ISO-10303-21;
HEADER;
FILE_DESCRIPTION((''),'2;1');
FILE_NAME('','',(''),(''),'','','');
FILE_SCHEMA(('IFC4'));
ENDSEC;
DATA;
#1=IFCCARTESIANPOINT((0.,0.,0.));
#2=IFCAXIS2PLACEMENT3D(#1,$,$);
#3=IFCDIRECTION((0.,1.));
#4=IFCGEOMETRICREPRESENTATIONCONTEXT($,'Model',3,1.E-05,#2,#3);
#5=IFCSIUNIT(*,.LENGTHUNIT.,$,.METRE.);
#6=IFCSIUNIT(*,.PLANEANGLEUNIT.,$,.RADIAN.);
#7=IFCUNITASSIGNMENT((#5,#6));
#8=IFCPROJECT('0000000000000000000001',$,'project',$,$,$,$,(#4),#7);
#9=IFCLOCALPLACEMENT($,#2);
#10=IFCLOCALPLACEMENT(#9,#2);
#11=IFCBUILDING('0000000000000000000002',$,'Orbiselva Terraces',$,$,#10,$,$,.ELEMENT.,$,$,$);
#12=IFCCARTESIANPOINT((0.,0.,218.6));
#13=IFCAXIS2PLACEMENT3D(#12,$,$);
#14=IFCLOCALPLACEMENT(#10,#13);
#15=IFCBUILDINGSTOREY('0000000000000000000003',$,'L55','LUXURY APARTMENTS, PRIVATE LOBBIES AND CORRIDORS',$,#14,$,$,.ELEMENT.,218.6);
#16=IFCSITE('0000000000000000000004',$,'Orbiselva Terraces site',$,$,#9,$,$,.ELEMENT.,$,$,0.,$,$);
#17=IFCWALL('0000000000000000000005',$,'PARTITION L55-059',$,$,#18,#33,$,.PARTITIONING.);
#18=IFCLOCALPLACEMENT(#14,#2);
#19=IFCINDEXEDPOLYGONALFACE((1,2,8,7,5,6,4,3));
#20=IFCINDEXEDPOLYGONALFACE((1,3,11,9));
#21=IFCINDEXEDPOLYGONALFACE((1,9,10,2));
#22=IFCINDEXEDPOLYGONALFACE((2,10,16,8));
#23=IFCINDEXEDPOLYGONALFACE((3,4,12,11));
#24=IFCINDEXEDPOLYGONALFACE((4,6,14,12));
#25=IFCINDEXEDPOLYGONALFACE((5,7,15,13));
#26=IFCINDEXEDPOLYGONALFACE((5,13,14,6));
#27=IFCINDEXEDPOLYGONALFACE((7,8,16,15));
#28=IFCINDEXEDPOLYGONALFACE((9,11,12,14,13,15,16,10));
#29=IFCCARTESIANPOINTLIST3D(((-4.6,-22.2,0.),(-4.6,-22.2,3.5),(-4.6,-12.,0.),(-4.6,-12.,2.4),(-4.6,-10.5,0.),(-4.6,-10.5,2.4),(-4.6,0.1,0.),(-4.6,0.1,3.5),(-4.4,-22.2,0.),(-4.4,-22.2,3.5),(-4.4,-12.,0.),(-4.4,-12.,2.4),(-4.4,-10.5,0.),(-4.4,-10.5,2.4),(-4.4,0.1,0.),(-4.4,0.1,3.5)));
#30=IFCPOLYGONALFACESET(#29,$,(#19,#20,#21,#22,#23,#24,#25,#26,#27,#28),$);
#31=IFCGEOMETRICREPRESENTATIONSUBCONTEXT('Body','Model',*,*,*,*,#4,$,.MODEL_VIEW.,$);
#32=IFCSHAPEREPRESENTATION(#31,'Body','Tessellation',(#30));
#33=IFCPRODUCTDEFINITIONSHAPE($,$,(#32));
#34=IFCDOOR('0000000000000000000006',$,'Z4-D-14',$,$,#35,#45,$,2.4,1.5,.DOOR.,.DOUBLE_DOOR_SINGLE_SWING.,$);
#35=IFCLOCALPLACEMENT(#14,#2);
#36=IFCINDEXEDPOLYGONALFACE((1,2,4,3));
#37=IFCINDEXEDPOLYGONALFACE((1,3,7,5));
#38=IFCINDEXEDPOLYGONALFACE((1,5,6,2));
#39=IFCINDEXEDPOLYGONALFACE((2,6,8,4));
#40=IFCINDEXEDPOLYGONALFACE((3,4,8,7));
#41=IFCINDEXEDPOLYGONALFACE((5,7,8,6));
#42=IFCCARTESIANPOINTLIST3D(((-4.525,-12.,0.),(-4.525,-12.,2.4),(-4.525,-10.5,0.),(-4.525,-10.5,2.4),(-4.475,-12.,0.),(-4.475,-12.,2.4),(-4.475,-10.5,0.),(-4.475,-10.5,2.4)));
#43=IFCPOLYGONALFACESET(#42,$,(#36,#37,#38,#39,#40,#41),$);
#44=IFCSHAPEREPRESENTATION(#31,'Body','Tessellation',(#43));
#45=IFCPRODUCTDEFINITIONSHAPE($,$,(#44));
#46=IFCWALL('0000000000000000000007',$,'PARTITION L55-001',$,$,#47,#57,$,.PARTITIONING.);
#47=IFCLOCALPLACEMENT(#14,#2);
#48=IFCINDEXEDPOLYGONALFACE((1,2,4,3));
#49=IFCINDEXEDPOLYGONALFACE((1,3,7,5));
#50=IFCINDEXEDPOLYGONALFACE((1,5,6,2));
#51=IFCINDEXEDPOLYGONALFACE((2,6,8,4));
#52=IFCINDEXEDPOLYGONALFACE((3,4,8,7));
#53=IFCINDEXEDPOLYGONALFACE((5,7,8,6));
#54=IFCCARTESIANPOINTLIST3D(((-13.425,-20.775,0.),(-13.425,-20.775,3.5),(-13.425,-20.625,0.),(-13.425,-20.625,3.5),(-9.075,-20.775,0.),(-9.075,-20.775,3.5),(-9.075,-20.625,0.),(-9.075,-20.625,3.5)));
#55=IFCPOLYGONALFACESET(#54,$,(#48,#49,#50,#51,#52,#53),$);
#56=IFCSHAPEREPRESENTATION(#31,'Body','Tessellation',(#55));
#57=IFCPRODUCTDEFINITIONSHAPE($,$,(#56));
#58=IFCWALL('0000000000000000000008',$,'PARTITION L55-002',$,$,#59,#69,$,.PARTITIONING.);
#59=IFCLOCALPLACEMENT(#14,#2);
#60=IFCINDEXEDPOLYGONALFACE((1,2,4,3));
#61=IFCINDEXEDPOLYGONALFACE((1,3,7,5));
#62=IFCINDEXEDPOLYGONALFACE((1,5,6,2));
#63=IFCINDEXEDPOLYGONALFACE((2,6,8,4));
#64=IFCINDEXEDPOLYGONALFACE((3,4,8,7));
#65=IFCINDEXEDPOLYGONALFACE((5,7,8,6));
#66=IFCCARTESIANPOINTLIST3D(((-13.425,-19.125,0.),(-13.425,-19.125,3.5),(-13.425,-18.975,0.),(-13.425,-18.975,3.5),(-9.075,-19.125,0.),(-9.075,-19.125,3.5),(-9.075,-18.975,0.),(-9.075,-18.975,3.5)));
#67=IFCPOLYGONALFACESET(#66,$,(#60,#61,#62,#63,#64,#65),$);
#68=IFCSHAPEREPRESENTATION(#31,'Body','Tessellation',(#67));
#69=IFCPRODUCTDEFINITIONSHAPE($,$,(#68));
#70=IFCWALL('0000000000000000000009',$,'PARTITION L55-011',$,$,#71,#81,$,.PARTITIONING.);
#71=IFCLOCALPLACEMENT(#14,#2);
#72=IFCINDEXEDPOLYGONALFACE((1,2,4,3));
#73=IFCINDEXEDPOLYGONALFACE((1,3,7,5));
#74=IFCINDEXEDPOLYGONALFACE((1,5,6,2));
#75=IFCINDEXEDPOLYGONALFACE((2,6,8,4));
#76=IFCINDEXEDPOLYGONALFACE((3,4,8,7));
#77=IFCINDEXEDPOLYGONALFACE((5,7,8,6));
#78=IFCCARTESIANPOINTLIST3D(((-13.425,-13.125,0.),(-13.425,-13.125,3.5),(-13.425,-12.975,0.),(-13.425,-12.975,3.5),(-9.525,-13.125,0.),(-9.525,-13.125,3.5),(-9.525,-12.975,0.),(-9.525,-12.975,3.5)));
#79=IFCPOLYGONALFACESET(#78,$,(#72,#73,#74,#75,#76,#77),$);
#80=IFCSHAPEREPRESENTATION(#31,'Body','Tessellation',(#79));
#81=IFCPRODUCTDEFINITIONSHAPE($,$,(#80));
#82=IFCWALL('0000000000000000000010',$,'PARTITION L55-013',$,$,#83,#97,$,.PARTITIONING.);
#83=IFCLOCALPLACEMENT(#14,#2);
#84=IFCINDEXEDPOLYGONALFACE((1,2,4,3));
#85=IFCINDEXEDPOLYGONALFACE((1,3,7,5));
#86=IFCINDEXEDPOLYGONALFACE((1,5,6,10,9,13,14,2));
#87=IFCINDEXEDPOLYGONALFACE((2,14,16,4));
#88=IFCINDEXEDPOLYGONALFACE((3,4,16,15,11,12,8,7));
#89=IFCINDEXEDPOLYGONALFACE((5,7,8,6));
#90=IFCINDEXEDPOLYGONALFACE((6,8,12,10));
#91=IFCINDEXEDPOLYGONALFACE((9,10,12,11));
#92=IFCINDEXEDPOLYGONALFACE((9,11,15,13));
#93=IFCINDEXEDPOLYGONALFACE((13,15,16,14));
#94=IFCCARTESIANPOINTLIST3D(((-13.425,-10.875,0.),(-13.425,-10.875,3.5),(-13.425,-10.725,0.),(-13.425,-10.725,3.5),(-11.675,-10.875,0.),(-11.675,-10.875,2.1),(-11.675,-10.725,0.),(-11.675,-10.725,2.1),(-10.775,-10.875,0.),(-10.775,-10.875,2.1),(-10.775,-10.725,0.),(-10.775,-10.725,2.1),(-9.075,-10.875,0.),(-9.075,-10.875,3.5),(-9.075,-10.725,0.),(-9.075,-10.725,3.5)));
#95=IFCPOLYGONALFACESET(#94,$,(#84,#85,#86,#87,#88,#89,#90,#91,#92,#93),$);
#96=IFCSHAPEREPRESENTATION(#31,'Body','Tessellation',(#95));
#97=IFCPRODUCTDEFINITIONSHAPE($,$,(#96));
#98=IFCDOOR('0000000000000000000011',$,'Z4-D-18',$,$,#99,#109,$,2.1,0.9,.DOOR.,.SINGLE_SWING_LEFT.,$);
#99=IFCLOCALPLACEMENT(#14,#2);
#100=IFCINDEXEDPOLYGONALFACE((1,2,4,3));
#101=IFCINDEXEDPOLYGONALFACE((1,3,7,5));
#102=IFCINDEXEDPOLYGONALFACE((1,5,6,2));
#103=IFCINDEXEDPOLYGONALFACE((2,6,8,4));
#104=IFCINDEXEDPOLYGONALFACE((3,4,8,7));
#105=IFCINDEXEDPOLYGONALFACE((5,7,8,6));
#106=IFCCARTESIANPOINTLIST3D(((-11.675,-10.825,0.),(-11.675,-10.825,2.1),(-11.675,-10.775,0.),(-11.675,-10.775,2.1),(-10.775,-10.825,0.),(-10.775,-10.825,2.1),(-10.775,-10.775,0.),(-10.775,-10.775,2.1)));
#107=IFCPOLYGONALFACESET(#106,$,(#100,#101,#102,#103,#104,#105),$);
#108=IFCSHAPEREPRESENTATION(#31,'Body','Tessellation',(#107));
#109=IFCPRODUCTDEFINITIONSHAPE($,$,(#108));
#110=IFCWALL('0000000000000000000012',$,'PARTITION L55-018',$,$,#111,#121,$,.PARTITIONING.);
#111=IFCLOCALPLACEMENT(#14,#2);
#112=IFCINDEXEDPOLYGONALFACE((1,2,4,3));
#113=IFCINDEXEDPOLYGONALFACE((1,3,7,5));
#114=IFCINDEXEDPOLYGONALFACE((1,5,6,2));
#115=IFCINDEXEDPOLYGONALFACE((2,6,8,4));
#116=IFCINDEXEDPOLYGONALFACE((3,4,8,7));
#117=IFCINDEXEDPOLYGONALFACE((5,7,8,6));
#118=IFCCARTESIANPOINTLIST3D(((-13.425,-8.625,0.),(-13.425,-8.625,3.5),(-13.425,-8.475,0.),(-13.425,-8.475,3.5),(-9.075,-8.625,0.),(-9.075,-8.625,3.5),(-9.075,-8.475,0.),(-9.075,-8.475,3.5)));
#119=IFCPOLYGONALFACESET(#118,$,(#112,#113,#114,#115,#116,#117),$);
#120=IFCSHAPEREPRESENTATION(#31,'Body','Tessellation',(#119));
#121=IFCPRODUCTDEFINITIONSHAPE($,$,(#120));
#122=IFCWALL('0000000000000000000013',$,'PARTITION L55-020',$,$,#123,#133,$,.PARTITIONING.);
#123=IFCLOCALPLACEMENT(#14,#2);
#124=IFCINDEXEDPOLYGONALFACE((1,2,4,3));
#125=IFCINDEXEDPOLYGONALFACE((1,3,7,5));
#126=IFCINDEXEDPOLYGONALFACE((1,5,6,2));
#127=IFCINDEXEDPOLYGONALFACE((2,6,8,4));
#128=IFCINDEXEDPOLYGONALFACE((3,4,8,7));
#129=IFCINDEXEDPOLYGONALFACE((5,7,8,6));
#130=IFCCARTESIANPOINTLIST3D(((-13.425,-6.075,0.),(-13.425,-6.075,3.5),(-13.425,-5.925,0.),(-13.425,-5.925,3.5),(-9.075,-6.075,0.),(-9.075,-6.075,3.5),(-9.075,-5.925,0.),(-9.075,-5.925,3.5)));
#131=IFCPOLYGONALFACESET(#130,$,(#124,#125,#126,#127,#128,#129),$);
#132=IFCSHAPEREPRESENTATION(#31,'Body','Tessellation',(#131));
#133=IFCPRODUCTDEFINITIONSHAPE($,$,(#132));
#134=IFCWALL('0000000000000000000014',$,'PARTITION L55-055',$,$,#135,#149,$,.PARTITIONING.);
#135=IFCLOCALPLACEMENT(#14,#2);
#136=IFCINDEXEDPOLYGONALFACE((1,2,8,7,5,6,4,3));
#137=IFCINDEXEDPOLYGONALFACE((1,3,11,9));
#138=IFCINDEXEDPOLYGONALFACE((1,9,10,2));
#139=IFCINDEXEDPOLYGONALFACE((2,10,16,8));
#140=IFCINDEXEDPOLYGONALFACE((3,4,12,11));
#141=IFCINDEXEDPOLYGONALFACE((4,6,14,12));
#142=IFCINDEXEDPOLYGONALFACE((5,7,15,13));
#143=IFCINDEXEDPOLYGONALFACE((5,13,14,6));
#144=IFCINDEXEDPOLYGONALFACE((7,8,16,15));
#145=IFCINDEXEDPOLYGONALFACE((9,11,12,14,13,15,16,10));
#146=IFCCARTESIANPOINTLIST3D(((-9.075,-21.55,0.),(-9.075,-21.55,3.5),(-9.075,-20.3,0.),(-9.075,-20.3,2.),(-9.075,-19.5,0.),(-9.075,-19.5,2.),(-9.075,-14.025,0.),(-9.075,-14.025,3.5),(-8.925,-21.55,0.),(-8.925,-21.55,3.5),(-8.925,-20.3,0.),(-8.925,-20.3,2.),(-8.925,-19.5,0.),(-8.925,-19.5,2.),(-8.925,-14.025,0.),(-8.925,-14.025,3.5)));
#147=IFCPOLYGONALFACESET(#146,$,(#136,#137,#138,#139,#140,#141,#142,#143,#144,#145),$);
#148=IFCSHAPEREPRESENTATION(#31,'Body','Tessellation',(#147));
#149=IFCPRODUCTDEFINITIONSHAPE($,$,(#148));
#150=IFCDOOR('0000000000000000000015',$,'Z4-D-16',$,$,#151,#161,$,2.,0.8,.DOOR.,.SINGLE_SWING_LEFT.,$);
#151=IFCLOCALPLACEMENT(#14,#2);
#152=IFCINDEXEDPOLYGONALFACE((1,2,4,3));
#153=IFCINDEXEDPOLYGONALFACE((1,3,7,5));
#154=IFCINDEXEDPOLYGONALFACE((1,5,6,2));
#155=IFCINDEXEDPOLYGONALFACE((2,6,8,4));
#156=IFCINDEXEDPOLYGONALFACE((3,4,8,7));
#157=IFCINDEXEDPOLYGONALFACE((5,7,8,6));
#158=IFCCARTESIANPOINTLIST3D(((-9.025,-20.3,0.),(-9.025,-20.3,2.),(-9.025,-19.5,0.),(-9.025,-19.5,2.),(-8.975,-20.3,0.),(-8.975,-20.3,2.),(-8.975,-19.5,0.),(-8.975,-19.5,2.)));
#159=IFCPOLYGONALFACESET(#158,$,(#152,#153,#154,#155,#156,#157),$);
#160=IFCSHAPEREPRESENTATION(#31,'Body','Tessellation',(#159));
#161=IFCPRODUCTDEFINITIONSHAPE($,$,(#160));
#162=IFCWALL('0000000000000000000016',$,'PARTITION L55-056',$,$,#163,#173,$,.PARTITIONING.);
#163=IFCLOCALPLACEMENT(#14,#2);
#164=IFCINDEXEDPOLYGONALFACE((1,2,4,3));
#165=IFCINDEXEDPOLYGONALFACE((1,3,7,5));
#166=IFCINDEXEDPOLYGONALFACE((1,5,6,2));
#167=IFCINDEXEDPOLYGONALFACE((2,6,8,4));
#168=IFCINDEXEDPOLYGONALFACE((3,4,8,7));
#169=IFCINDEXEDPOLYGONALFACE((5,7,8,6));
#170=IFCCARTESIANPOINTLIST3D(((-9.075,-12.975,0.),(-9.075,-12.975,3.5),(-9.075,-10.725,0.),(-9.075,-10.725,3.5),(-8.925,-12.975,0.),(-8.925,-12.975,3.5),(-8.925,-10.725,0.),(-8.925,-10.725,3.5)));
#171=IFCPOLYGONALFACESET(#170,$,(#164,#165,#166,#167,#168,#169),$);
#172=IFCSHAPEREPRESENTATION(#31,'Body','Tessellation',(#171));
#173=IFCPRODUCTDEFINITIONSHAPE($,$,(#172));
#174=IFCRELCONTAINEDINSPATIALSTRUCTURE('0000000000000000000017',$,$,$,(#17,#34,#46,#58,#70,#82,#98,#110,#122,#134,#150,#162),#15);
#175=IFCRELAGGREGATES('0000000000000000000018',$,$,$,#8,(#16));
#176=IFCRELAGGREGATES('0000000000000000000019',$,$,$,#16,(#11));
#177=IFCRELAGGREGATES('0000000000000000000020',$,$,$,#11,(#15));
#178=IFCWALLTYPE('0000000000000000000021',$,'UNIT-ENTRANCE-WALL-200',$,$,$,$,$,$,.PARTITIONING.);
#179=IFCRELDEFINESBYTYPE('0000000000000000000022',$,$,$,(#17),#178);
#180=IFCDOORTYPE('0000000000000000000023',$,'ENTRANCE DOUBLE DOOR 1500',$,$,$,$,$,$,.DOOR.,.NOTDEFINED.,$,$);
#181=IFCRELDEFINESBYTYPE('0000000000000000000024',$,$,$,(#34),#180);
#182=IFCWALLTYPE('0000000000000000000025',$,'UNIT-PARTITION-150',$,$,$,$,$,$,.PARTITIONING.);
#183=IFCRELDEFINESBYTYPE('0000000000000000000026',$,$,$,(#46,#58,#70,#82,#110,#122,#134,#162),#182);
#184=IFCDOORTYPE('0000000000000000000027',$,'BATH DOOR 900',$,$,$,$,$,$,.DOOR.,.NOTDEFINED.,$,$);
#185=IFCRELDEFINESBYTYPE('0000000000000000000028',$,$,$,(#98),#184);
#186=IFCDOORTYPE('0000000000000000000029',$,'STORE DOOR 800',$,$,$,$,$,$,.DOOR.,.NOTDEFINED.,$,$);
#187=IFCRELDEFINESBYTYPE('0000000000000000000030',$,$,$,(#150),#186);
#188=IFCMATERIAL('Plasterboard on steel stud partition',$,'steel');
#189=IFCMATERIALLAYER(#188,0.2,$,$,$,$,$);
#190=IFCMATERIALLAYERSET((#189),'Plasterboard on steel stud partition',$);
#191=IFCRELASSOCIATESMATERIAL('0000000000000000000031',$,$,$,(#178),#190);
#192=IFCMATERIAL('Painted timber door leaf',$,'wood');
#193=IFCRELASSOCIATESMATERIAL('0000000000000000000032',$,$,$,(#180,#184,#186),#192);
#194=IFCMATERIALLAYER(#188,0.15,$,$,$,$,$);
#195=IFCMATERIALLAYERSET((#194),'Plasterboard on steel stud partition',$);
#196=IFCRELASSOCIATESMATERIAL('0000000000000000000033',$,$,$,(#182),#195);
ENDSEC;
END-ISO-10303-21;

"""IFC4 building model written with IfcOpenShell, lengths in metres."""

from ifc_helpers import new_model, si_unit, direction, frame, frame_2d, origin, place, context, subcontext, project, spatial, rectangle, extrude, material, layer, layer_set, type_object, element, fill, save


model = new_model("IFC4")

# Units and contexts
model_context = context("Model", 3, precision=1e-05, world=origin(), true_north=direction((0.0, 1.0)))
body_context = subcontext(model_context, "Body", "Model", "MODEL_VIEW")
ifc_project = project(units=[si_unit("LENGTHUNIT", "METRE"), si_unit("PLANEANGLEUNIT", "RADIAN")], contexts=[model_context])

# Site, building, storey
site_placement = place(None, origin())
site = spatial("IfcSite", under=ifc_project, at=site_placement, Name="Orbiselva Terraces site", CompositionType="ELEMENT", RefElevation=0.0)
building_placement = place(site_placement, origin())
building = spatial("IfcBuilding", under=site, at=building_placement, Name="Orbiselva Terraces", CompositionType="ELEMENT")
storey_placement = place(building_placement, frame((0.0, 0.0, 218.6)))
storey = spatial("IfcBuildingStorey", under=building, at=storey_placement, Name="L55", Description="LUXURY APARTMENTS, PRIVATE LOBBIES AND CORRIDORS", CompositionType="ELEMENT", Elevation=218.6)

# Wall, opening, door
ifc_material_1 = material(Name="Plasterboard on steel stud partition", Category="steel")
ifc_layer_1 = layer(ifc_material_1, 0.2)
ifc_layer_set_1 = layer_set([ifc_layer_1], Name="Plasterboard on steel stud partition")
wall_type_1 = type_object("IfcWallType", Name="UNIT-ENTRANCE-WALL-200", PredefinedType="PARTITIONING", material=ifc_layer_set_1)
wall_1_placement = place(storey_placement, frame((-4.5, -22.2, 0.0), z_axis=(0.0, 0.0, 1.0), x_axis=(0.0, 1.0, 0.0)))
wall_1 = element("IfcWall", 1, at=wall_1_placement, inside=storey, type_object=wall_type_1, Name="PARTITION L55-059", PredefinedType="PARTITIONING", context=body_context, shape_type="SweptSolid", body=[
    extrude(rectangle(XDim=22.3, YDim=0.2, at=frame_2d((11.15, 0.0))), origin(), (0.0, 0.0, 1.0), 3.5),
])
opening_1_placement = place(wall_1_placement, frame((10.2, 0.0, 0.0)))
opening_1 = element("IfcOpeningElement", 2, at=opening_1_placement, cuts=wall_1, PredefinedType="OPENING", context=body_context, shape_type="SweptSolid", body=[
    extrude(rectangle(XDim=1.5, YDim=2.4, at=frame_2d((0.75, 1.2))), frame((0.0, 0.11, 0.0), z_axis=(0.0, -1.0, 0.0), x_axis=(1.0, 0.0, 0.0)), (0.0, 0.0, 1.0), 0.22),
])
ifc_material_2 = material(Name="Painted timber door leaf", Category="wood")
door_type_1 = type_object("IfcDoorType", Name="ENTRANCE DOUBLE DOOR 1500", OperationType="NOTDEFINED", PredefinedType="DOOR", material=ifc_material_2)
door_1_placement = place(opening_1_placement, origin())
door_1 = element("IfcDoor", 3, at=door_1_placement, inside=storey, type_object=door_type_1, Name="Z4-D-14", OperationType="DOUBLE_DOOR_SINGLE_SWING", OverallHeight=2.4, OverallWidth=1.5, PredefinedType="DOOR", context=body_context, shape_type="SweptSolid", body=[
    extrude(rectangle(XDim=1.5, YDim=2.4, at=frame_2d((0.75, 1.2))), frame((0.0, 0.025, 0.0), z_axis=(0.0, -1.0, 0.0), x_axis=(1.0, 0.0, 0.0)), (0.0, 0.0, 1.0), 0.05),
])
fill(opening_1, door_1)

# Walls
ifc_layer_2 = layer(ifc_material_1, 0.15)
ifc_layer_set_2 = layer_set([ifc_layer_2], Name="Plasterboard on steel stud partition")
wall_type_2 = type_object("IfcWallType", Name="UNIT-PARTITION-150", PredefinedType="PARTITIONING", material=ifc_layer_set_2)
for number, where, z_axis, x_axis, name in (
    (4, (-13.425, -20.7, 0.0), (0.0, 0.0, 1.0), (1.0, 0.0, 0.0), "PARTITION L55-001"),
    (5, (-13.425, -19.05, 0.0), (0.0, 0.0, 1.0), (1.0, 0.0, 0.0), "PARTITION L55-002"),
):
    element("IfcWall", number, at=place(storey_placement, frame(where, z_axis=z_axis, x_axis=x_axis)), inside=storey, type_object=wall_type_2, Name=name, PredefinedType="PARTITIONING", context=body_context, shape_type="SweptSolid", body=[
        extrude(rectangle(XDim=4.35, YDim=0.15, at=frame_2d((2.175, 0.0))), origin(), (0.0, 0.0, 1.0), 3.5),
    ])
wall_2_placement = place(storey_placement, frame((-13.425, -13.05, 0.0), z_axis=(0.0, 0.0, 1.0), x_axis=(1.0, 0.0, 0.0)))
element("IfcWall", 6, at=wall_2_placement, inside=storey, type_object=wall_type_2, Name="PARTITION L55-011", PredefinedType="PARTITIONING", context=body_context, shape_type="SweptSolid", body=[
    extrude(rectangle(XDim=3.9, YDim=0.15, at=frame_2d((1.95, 0.0))), origin(), (0.0, 0.0, 1.0), 3.5),
])

# Wall, opening, door
wall_3_placement = place(storey_placement, frame((-9.075, -10.8, 0.0), z_axis=(0.0, 0.0, 1.0), x_axis=(-1.0, 0.0, 0.0)))
wall_3 = element("IfcWall", 7, at=wall_3_placement, inside=storey, type_object=wall_type_2, Name="PARTITION L55-013", PredefinedType="PARTITIONING", context=body_context, shape_type="SweptSolid", body=[
    extrude(rectangle(XDim=4.35, YDim=0.15, at=frame_2d((2.175, 0.0))), origin(), (0.0, 0.0, 1.0), 3.5),
])
opening_2_placement = place(wall_3_placement, frame((1.7, 0.0, 0.0)))
opening_2 = element("IfcOpeningElement", 8, at=opening_2_placement, cuts=wall_3, PredefinedType="OPENING", context=body_context, shape_type="SweptSolid", body=[
    extrude(rectangle(XDim=0.9, YDim=2.1, at=frame_2d((0.45, 1.05))), frame((0.0, 0.085, 0.0), z_axis=(0.0, -1.0, 0.0), x_axis=(1.0, 0.0, 0.0)), (0.0, 0.0, 1.0), 0.17),
])
door_type_2 = type_object("IfcDoorType", Name="BATH DOOR 900", OperationType="NOTDEFINED", PredefinedType="DOOR", material=ifc_material_2)
door_2_placement = place(opening_2_placement, origin())
door_2 = element("IfcDoor", 9, at=door_2_placement, inside=storey, type_object=door_type_2, Name="Z4-D-18", OperationType="SINGLE_SWING_LEFT", OverallHeight=2.1, OverallWidth=0.9, PredefinedType="DOOR", context=body_context, shape_type="SweptSolid", body=[
    extrude(rectangle(XDim=0.9, YDim=2.1, at=frame_2d((0.45, 1.05))), frame((0.0, 0.025, 0.0), z_axis=(0.0, -1.0, 0.0), x_axis=(1.0, 0.0, 0.0)), (0.0, 0.0, 1.0), 0.05),
])
fill(opening_2, door_2)

# Walls
for number, where, z_axis, x_axis, name in (
    (10, (-13.425, -8.55, 0.0), (0.0, 0.0, 1.0), (1.0, 0.0, 0.0), "PARTITION L55-018"),
    (11, (-13.425, -6.0, 0.0), (0.0, 0.0, 1.0), (1.0, 0.0, 0.0), "PARTITION L55-020"),
):
    element("IfcWall", number, at=place(storey_placement, frame(where, z_axis=z_axis, x_axis=x_axis)), inside=storey, type_object=wall_type_2, Name=name, PredefinedType="PARTITIONING", context=body_context, shape_type="SweptSolid", body=[
        extrude(rectangle(XDim=4.35, YDim=0.15, at=frame_2d((2.175, 0.0))), origin(), (0.0, 0.0, 1.0), 3.5),
    ])

# Wall, opening, door
wall_4_placement = place(storey_placement, frame((-9.0, -21.55, 0.0), z_axis=(0.0, 0.0, 1.0), x_axis=(0.0, 1.0, 0.0)))
wall_4 = element("IfcWall", 12, at=wall_4_placement, inside=storey, type_object=wall_type_2, Name="PARTITION L55-055", PredefinedType="PARTITIONING", context=body_context, shape_type="SweptSolid", body=[
    extrude(rectangle(XDim=7.525, YDim=0.15, at=frame_2d((3.7625, 0.0))), origin(), (0.0, 0.0, 1.0), 3.5),
])
opening_3_placement = place(wall_4_placement, frame((1.25, 0.0, 0.0)))
opening_3 = element("IfcOpeningElement", 13, at=opening_3_placement, cuts=wall_4, PredefinedType="OPENING", context=body_context, shape_type="SweptSolid", body=[
    extrude(rectangle(XDim=0.8, YDim=2.0, at=frame_2d((0.4, 1.0))), frame((0.0, 0.085, 0.0), z_axis=(0.0, -1.0, 0.0), x_axis=(1.0, 0.0, 0.0)), (0.0, 0.0, 1.0), 0.17),
])
door_type_3 = type_object("IfcDoorType", Name="STORE DOOR 800", OperationType="NOTDEFINED", PredefinedType="DOOR", material=ifc_material_2)
door_3_placement = place(opening_3_placement, origin())
door_3 = element("IfcDoor", 14, at=door_3_placement, inside=storey, type_object=door_type_3, Name="Z4-D-16", OperationType="SINGLE_SWING_LEFT", OverallHeight=2.0, OverallWidth=0.8, PredefinedType="DOOR", context=body_context, shape_type="SweptSolid", body=[
    extrude(rectangle(XDim=0.8, YDim=2.0, at=frame_2d((0.4, 1.0))), frame((0.0, 0.025, 0.0), z_axis=(0.0, -1.0, 0.0), x_axis=(1.0, 0.0, 0.0)), (0.0, 0.0, 1.0), 0.05),
])
fill(opening_3, door_3)

# Wall
wall_5_placement = place(storey_placement, frame((-9.0, -12.975, 0.0), z_axis=(0.0, 0.0, 1.0), x_axis=(0.0, 1.0, 0.0)))
element("IfcWall", 15, at=wall_5_placement, inside=storey, type_object=wall_type_2, Name="PARTITION L55-056", PredefinedType="PARTITIONING", context=body_context, shape_type="SweptSolid", body=[
    extrude(rectangle(XDim=2.25, YDim=0.15, at=frame_2d((1.125, 0.0))), origin(), (0.0, 0.0, 1.0), 3.5),
])

save(model, "model.ifc")
